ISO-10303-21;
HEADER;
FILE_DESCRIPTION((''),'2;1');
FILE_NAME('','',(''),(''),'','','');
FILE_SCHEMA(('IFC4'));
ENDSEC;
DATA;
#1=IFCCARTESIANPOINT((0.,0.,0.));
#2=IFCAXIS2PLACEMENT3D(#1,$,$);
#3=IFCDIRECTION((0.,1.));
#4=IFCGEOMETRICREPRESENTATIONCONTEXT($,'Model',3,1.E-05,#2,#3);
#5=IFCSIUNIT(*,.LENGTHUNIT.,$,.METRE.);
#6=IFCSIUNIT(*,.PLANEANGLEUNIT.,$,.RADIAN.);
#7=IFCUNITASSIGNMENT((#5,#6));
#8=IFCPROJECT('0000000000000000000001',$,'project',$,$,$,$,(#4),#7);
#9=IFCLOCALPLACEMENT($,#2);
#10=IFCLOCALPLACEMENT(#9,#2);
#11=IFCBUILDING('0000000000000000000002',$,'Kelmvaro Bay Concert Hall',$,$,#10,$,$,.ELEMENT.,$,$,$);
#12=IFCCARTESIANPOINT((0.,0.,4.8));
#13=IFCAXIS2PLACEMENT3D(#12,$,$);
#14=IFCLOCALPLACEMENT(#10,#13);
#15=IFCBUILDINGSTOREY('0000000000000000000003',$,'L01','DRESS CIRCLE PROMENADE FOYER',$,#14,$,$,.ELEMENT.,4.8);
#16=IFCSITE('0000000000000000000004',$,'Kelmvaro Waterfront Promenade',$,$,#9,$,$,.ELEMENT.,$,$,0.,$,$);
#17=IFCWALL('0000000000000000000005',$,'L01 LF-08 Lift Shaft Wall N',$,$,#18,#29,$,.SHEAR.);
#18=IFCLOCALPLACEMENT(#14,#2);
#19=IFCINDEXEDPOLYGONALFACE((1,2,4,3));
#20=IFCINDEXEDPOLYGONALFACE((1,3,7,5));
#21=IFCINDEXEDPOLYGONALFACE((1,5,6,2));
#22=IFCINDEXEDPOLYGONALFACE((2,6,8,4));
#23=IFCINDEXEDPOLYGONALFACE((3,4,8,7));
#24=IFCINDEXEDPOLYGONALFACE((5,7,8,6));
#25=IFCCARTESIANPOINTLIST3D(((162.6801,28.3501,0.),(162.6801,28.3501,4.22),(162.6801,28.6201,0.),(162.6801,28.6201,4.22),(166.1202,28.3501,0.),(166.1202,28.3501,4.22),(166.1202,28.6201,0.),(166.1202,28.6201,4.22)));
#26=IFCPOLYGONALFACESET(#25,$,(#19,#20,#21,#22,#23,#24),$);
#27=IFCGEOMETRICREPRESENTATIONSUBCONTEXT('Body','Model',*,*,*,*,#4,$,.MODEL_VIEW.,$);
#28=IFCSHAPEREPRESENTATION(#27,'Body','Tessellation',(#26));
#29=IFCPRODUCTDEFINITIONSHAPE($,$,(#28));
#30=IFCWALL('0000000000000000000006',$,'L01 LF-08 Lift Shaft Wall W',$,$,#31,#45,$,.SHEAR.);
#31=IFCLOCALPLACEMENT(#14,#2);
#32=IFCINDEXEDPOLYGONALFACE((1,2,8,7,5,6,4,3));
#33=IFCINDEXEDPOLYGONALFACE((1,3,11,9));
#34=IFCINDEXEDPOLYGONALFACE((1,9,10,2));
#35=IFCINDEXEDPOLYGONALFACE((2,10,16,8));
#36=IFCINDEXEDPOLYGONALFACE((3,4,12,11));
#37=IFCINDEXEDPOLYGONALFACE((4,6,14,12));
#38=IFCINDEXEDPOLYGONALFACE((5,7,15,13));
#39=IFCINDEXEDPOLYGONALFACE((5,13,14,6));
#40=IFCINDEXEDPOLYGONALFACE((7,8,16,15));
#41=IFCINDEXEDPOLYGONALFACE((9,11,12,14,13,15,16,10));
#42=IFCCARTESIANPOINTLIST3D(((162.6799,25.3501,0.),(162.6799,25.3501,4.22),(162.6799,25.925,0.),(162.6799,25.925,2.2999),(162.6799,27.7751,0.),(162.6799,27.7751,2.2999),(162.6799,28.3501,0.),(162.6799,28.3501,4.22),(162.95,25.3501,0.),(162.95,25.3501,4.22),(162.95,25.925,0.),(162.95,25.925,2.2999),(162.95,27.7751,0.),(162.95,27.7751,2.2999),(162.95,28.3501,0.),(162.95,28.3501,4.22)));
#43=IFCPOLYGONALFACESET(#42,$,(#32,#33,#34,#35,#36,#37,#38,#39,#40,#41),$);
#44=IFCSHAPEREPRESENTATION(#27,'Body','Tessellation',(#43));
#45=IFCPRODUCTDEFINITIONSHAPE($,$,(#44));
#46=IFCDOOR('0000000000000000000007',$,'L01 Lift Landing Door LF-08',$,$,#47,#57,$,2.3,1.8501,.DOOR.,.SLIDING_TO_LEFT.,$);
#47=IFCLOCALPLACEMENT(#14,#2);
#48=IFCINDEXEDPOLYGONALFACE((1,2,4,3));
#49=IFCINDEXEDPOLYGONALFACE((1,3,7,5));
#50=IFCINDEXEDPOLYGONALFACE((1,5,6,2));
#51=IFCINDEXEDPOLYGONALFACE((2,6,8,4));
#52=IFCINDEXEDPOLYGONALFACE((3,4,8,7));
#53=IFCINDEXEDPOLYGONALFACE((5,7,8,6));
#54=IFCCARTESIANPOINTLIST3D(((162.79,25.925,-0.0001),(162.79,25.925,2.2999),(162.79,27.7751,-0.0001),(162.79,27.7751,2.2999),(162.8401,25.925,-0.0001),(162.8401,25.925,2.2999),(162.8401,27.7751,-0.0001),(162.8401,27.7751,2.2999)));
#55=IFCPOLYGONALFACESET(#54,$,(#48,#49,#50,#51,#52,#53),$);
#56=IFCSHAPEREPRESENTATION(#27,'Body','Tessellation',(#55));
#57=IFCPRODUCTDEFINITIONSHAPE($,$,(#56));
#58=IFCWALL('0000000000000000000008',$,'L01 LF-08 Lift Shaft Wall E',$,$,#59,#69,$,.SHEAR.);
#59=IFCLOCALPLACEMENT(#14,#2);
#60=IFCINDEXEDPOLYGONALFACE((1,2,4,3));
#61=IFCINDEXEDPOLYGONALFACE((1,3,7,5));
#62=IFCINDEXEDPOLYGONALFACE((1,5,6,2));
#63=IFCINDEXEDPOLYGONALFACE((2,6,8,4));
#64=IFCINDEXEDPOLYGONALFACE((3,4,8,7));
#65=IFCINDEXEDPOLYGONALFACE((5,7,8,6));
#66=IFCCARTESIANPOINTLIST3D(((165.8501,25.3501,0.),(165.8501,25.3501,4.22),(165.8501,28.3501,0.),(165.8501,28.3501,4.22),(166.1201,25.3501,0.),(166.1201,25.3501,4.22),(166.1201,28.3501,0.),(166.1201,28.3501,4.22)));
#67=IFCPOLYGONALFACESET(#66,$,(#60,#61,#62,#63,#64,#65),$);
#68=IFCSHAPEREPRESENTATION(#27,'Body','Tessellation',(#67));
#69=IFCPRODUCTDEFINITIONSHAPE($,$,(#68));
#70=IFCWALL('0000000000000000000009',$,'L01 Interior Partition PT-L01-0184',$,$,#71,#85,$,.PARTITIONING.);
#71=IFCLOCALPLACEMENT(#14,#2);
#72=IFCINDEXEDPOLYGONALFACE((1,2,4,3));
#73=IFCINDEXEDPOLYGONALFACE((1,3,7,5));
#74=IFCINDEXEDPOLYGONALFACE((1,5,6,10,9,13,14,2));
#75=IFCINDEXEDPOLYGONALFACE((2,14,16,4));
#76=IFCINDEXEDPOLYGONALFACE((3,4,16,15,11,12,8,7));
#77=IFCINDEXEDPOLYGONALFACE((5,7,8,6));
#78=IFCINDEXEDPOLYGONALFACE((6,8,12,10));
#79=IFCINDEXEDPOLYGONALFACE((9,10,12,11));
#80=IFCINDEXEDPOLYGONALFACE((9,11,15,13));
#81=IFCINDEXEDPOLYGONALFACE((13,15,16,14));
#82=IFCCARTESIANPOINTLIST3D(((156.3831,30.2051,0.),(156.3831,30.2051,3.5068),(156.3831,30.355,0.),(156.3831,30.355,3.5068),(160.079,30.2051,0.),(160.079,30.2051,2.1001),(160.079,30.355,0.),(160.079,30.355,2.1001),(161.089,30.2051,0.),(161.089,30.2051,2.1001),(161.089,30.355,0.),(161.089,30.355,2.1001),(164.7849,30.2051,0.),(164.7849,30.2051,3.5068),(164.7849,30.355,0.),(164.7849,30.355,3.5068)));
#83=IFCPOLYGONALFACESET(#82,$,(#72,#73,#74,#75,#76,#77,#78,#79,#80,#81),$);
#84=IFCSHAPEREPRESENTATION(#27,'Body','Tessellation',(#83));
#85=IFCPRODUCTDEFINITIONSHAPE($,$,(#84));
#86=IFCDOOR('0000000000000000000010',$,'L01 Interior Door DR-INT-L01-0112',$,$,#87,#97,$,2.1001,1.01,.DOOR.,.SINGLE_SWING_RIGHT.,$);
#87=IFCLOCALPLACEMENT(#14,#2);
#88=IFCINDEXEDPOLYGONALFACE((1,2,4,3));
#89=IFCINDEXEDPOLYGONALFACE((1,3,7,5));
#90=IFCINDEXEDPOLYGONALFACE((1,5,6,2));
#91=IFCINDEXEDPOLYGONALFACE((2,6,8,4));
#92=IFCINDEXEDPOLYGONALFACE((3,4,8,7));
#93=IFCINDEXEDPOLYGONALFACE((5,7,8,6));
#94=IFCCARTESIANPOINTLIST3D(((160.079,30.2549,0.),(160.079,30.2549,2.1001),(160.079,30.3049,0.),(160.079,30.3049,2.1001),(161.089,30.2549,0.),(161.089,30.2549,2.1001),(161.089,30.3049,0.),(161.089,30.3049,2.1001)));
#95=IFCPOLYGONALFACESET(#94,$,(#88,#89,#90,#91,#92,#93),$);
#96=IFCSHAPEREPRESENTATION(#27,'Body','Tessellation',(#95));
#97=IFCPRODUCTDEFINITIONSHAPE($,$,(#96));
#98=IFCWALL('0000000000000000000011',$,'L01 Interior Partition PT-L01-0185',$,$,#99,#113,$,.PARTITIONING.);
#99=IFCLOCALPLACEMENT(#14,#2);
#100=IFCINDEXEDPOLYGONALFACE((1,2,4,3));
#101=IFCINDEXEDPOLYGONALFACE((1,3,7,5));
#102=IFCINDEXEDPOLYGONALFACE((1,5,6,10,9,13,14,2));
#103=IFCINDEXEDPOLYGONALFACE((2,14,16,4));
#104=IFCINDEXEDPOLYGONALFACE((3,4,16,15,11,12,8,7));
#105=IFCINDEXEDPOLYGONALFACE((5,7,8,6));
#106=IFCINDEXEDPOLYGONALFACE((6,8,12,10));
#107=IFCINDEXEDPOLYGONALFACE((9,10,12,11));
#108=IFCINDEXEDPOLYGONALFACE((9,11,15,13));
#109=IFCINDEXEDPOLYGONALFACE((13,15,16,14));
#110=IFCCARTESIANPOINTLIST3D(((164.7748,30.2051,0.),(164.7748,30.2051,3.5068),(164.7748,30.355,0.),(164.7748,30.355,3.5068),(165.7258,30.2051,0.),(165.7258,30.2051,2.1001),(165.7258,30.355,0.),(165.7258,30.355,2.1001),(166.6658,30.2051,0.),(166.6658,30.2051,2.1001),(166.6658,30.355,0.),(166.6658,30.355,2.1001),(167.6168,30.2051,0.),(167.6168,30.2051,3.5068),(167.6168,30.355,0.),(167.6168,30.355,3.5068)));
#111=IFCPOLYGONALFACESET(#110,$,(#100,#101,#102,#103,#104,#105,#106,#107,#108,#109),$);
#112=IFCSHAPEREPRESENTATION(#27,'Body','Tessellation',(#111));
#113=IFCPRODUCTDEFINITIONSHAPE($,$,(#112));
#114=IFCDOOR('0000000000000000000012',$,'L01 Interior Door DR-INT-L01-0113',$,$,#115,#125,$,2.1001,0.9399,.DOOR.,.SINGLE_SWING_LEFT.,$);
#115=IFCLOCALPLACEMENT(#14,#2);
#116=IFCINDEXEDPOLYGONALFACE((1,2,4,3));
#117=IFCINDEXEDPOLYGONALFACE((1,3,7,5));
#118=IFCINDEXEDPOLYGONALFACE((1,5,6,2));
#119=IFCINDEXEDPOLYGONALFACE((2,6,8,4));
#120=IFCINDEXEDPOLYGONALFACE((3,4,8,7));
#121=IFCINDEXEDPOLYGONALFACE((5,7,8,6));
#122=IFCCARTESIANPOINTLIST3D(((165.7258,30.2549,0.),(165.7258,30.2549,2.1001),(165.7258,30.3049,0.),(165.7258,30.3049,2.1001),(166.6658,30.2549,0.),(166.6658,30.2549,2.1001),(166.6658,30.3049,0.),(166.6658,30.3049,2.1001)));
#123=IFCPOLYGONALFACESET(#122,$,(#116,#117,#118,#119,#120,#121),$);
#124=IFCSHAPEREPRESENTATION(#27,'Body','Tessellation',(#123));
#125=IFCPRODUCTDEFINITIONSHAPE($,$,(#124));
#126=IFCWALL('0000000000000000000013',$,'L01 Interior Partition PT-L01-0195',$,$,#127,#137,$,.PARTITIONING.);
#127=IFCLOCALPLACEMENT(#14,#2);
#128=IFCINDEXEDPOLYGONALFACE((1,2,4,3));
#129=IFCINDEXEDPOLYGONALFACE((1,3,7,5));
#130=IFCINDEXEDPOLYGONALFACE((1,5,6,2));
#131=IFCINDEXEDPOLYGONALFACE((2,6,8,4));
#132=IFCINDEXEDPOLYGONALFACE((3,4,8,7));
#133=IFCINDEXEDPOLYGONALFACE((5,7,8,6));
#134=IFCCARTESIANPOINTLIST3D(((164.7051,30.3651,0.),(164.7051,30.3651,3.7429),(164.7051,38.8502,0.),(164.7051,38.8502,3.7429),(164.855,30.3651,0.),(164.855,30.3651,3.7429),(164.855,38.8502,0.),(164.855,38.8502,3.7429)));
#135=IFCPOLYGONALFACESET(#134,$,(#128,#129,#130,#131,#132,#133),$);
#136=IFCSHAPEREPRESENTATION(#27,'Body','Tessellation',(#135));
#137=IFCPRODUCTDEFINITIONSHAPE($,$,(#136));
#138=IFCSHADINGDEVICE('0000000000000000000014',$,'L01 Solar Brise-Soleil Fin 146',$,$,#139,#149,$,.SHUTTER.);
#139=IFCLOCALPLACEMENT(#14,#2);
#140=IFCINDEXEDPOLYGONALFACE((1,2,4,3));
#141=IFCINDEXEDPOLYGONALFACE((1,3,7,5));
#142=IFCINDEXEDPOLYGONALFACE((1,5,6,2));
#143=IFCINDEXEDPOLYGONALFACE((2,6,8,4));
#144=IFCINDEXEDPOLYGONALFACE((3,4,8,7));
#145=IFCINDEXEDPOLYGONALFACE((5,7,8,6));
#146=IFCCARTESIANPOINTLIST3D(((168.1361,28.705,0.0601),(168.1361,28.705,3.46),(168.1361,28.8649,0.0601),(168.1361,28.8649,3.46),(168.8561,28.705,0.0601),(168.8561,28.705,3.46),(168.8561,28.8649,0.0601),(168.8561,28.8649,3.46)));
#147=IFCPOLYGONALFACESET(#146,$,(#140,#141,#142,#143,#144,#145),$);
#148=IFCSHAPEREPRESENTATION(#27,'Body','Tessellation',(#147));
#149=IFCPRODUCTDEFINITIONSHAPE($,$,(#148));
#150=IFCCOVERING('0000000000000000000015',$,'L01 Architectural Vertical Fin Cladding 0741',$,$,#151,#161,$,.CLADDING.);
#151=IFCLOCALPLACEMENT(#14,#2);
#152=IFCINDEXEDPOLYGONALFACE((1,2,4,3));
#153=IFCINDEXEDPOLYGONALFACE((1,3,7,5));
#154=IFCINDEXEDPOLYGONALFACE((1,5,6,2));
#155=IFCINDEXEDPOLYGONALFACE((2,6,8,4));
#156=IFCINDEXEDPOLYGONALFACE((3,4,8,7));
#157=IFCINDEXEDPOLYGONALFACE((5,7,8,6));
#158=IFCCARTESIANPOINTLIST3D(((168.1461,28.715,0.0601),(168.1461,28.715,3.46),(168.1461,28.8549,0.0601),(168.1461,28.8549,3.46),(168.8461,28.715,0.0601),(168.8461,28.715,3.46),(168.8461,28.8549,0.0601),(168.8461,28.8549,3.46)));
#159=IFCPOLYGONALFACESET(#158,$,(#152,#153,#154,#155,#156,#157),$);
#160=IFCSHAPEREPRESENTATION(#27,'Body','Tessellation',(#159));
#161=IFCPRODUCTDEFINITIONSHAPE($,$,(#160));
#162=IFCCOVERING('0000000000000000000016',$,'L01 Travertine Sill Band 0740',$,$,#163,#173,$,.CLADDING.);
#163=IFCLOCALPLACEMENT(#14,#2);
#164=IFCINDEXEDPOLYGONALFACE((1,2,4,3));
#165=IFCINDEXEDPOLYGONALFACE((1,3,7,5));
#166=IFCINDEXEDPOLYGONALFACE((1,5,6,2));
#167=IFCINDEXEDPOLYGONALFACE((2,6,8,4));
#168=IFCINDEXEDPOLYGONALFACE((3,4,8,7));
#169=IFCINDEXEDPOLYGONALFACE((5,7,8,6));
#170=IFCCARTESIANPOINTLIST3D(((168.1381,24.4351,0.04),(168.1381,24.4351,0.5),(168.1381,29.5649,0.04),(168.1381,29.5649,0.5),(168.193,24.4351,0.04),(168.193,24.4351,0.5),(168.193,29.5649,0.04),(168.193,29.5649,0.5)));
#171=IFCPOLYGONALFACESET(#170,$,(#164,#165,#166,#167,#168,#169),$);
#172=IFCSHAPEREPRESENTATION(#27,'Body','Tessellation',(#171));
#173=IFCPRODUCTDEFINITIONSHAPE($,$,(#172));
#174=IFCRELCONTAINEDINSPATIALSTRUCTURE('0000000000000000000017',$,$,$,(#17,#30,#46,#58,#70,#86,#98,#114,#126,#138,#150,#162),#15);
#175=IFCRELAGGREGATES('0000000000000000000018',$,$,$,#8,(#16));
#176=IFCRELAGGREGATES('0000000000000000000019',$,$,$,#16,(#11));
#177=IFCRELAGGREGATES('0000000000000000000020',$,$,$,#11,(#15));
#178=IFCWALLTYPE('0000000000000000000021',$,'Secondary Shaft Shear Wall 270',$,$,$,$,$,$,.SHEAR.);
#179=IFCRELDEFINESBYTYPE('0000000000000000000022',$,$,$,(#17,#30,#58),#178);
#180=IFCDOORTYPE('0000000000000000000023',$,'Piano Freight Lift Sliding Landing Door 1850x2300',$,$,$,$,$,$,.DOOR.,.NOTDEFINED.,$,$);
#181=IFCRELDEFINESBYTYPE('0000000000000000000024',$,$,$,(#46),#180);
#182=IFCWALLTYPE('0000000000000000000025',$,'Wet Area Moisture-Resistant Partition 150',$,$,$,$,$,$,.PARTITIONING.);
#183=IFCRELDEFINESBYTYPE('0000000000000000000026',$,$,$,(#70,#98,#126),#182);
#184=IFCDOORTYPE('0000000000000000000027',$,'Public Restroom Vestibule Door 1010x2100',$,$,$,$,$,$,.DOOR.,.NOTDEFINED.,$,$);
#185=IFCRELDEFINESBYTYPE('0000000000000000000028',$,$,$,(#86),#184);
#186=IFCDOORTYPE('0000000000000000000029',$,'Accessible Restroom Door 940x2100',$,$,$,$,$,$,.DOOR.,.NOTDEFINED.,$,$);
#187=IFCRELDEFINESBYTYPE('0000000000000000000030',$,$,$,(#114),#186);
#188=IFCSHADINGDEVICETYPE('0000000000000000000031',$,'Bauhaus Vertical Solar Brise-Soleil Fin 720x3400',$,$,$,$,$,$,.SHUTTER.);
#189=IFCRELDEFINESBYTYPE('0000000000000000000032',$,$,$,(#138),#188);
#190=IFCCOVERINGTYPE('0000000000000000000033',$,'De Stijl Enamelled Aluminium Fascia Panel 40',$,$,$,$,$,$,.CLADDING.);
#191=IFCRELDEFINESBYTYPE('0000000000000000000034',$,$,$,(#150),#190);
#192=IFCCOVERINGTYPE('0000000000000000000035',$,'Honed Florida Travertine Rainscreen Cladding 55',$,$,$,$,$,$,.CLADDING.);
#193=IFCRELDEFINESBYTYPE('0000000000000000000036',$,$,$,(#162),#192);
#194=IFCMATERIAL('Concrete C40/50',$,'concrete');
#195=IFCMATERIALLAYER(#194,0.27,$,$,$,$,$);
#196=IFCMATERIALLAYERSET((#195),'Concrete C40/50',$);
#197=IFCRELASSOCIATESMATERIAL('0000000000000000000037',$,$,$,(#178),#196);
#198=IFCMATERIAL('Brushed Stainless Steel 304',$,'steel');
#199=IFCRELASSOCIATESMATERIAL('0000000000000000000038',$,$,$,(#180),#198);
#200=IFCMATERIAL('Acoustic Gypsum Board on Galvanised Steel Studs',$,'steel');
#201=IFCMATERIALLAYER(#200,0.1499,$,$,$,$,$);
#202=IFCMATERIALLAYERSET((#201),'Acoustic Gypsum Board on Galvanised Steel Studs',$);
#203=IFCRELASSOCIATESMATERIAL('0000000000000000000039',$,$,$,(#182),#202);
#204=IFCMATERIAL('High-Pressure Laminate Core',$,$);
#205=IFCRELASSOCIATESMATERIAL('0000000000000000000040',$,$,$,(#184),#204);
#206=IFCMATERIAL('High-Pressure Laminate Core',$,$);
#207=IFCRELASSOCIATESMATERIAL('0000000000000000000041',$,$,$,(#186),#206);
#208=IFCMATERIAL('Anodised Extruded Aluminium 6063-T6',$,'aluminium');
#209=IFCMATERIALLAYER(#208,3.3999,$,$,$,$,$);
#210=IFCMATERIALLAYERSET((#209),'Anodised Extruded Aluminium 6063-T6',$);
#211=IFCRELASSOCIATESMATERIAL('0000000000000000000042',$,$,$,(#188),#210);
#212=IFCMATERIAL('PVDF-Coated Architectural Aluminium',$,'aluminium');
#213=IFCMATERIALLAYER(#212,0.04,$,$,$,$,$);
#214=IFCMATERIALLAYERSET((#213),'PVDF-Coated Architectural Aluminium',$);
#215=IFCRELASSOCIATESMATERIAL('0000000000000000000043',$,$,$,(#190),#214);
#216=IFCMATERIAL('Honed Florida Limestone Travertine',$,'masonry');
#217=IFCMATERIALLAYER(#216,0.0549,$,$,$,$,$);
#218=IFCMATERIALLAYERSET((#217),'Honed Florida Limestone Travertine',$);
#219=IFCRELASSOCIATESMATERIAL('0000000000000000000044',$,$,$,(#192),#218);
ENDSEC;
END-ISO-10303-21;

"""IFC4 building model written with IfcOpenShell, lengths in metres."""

from ifc_helpers import new_model, si_unit, direction, frame, frame_2d, origin, origin_2d, place, context, subcontext, project, spatial, rectangle, extrude, material, layer, layer_set, type_object, element, fill, save


model = new_model("IFC4")

# Units and contexts
model_context = context("Model", 3, precision=1e-05, world=origin(), true_north=direction((0.0, 1.0)))
body_context = subcontext(model_context, "Body", "Model", "MODEL_VIEW")
ifc_project = project(units=[si_unit("LENGTHUNIT", "METRE"), si_unit("PLANEANGLEUNIT", "RADIAN")], contexts=[model_context])

# Site, building, storey
site_placement = place(None, origin())
site = spatial("IfcSite", under=ifc_project, at=site_placement, Name="Kelmvaro Waterfront Promenade", CompositionType="ELEMENT", RefElevation=0.0)
building_placement = place(site_placement, origin())
building = spatial("IfcBuilding", under=site, at=building_placement, Name="Kelmvaro Bay Concert Hall", CompositionType="ELEMENT")
storey_placement = place(building_placement, frame((0.0, 0.0, 4.8)))
storey = spatial("IfcBuildingStorey", under=building, at=storey_placement, Name="L01", Description="DRESS CIRCLE PROMENADE FOYER", CompositionType="ELEMENT", Elevation=4.8)

# Wall
ifc_material_1 = material(Name="Concrete C40/50", Category="concrete")
ifc_layer_1 = layer(ifc_material_1, 0.27)
ifc_layer_set_1 = layer_set([ifc_layer_1], Name="Concrete C40/50")
wall_type_1 = type_object("IfcWallType", Name="Secondary Shaft Shear Wall 270", PredefinedType="SHEAR", material=ifc_layer_set_1)
wall_1_placement = place(storey_placement, frame((162.6799, 28.4851, 0.0), z_axis=(0.0, 0.0, 1.0), x_axis=(1.0, 0.0, 0.0)))
element("IfcWall", 1, at=wall_1_placement, inside=storey, type_object=wall_type_1, Name="L01 LF-08 Lift Shaft Wall N", PredefinedType="SHEAR", context=body_context, shape_type="SweptSolid", body=[
    extrude(rectangle(XDim=3.4402, YDim=0.27, at=frame_2d((1.7202, 0.0))), origin(), (0.0, 0.0, 1.0), 4.22),
])

# Wall, opening, door
wall_2_placement = place(storey_placement, frame((162.8149, 25.3501, 0.0), z_axis=(0.0, 0.0, 1.0), x_axis=(0.0, 1.0, 0.0)))
wall_2 = element("IfcWall", 2, at=wall_2_placement, inside=storey, type_object=wall_type_1, Name="L01 LF-08 Lift Shaft Wall W", PredefinedType="SHEAR", context=body_context, shape_type="SweptSolid", body=[
    extrude(rectangle(XDim=3.0, YDim=0.27, at=frame_2d((1.5, 0.0))), origin(), (0.0, 0.0, 1.0), 4.22),
])
opening_1_placement = place(wall_2_placement, frame((0.575, 0.0, 0.0)))
opening_1 = element("IfcOpeningElement", 3, at=opening_1_placement, cuts=wall_2, PredefinedType="OPENING", context=body_context, shape_type="SweptSolid", body=[
    extrude(rectangle(XDim=1.8501, YDim=2.3, at=frame_2d((0.925, 1.1499))), frame((0.0, 0.145, 0.0), z_axis=(0.0, -1.0, 0.0), x_axis=(1.0, 0.0, 0.0)), (0.0, 0.0, 1.0), 0.29),
])
ifc_material_2 = material(Name="Brushed Stainless Steel 304", Category="steel")
door_type_1 = type_object("IfcDoorType", Name="Piano Freight Lift Sliding Landing Door 1850x2300", OperationType="NOTDEFINED", PredefinedType="DOOR", material=ifc_material_2)
door_1_placement = place(opening_1_placement, origin())
door_1 = element("IfcDoor", 4, at=door_1_placement, inside=storey, type_object=door_type_1, Name="L01 Lift Landing Door LF-08", OperationType="SLIDING_TO_LEFT", OverallHeight=2.3, OverallWidth=1.8501, PredefinedType="DOOR", context=body_context, shape_type="SweptSolid", body=[
    extrude(rectangle(XDim=1.8501, YDim=2.3, at=frame_2d((0.925, 1.1499))), frame((0.0, 0.0249, 0.0), z_axis=(0.0, -1.0, 0.0), x_axis=(1.0, 0.0, 0.0)), (0.0, 0.0, 1.0), 0.05),
])
fill(opening_1, door_1)

# Wall
wall_3_placement = place(storey_placement, frame((165.9851, 25.3501, 0.0), z_axis=(0.0, 0.0, 1.0), x_axis=(0.0, 1.0, 0.0)))
element("IfcWall", 5, at=wall_3_placement, inside=storey, type_object=wall_type_1, Name="L01 LF-08 Lift Shaft Wall E", PredefinedType="SHEAR", context=body_context, shape_type="SweptSolid", body=[
    extrude(rectangle(XDim=3.0, YDim=0.27, at=frame_2d((1.5, 0.0))), origin(), (0.0, 0.0, 1.0), 4.22),
])

# Walls, openings, doors
ifc_material_3 = material(Name="Acoustic Gypsum Board on Galvanised Steel Studs", Category="steel")
ifc_layer_2 = layer(ifc_material_3, 0.1499)
ifc_layer_set_2 = layer_set([ifc_layer_2], Name="Acoustic Gypsum Board on Galvanised Steel Studs")
wall_type_2 = type_object("IfcWallType", Name="Wet Area Moisture-Resistant Partition 150", PredefinedType="PARTITIONING", material=ifc_layer_set_2)
wall_4_placement = place(storey_placement, frame((156.3831, 30.28, 0.0), z_axis=(0.0, 0.0, 1.0), x_axis=(1.0, 0.0, 0.0)))
wall_4 = element("IfcWall", 6, at=wall_4_placement, inside=storey, type_object=wall_type_2, Name="L01 Interior Partition PT-L01-0184", PredefinedType="PARTITIONING", context=body_context, shape_type="SweptSolid", body=[
    extrude(rectangle(XDim=8.4019, YDim=0.1499, at=frame_2d((4.2009, 0.0))), origin(), (0.0, 0.0, 1.0), 3.5068),
])
opening_2_placement = place(wall_4_placement, frame((3.696, 0.0, 0.0)))
opening_2 = element("IfcOpeningElement", 7, at=opening_2_placement, cuts=wall_4, PredefinedType="OPENING", context=body_context, shape_type="SweptSolid", body=[
    extrude(rectangle(XDim=1.01, YDim=2.1001, at=frame_2d((0.5049, 1.05))), frame((0.0, 0.085, 0.0), z_axis=(0.0, -1.0, 0.0), x_axis=(1.0, 0.0, 0.0)), (0.0, 0.0, 1.0), 0.1699),
])
ifc_material_4 = material(Name="High-Pressure Laminate Core")
door_type_2 = type_object("IfcDoorType", Name="Public Restroom Vestibule Door 1010x2100", OperationType="NOTDEFINED", PredefinedType="DOOR", material=ifc_material_4)
door_2_placement = place(opening_2_placement, origin())
door_2 = element("IfcDoor", 8, at=door_2_placement, inside=storey, type_object=door_type_2, Name="L01 Interior Door DR-INT-L01-0112", OperationType="SINGLE_SWING_RIGHT", OverallHeight=2.1001, OverallWidth=1.01, PredefinedType="DOOR", context=body_context, shape_type="SweptSolid", body=[
    extrude(rectangle(XDim=1.01, YDim=2.1001, at=frame_2d((0.5049, 1.05))), frame((0.0, 0.0249, 0.0), z_axis=(0.0, -1.0, 0.0), x_axis=(1.0, 0.0, 0.0)), (0.0, 0.0, 1.0), 0.05),
])
fill(opening_2, door_2)
wall_5_placement = place(storey_placement, frame((164.7749, 30.28, 0.0), z_axis=(0.0, 0.0, 1.0), x_axis=(1.0, 0.0, 0.0)))
wall_5 = element("IfcWall", 9, at=wall_5_placement, inside=storey, type_object=wall_type_2, Name="L01 Interior Partition PT-L01-0185", PredefinedType="PARTITIONING", context=body_context, shape_type="SweptSolid", body=[
    extrude(rectangle(XDim=2.842, YDim=0.1499, at=frame_2d((1.4209, 0.0))), origin(), (0.0, 0.0, 1.0), 3.5068),
])
opening_3_placement = place(wall_5_placement, frame((0.9509, 0.0, 0.0)))
opening_3 = element("IfcOpeningElement", 10, at=opening_3_placement, cuts=wall_5, PredefinedType="OPENING", context=body_context, shape_type="SweptSolid", body=[
    extrude(rectangle(XDim=0.9399, YDim=2.1001, at=frame_2d((0.47, 1.05))), frame((0.0, 0.085, 0.0), z_axis=(0.0, -1.0, 0.0), x_axis=(1.0, 0.0, 0.0)), (0.0, 0.0, 1.0), 0.1699),
])
ifc_material_5 = material(Name="High-Pressure Laminate Core")
door_type_3 = type_object("IfcDoorType", Name="Accessible Restroom Door 940x2100", OperationType="NOTDEFINED", PredefinedType="DOOR", material=ifc_material_5)
door_3_placement = place(opening_3_placement, origin())
door_3 = element("IfcDoor", 11, at=door_3_placement, inside=storey, type_object=door_type_3, Name="L01 Interior Door DR-INT-L01-0113", OperationType="SINGLE_SWING_LEFT", OverallHeight=2.1001, OverallWidth=0.9399, PredefinedType="DOOR", context=body_context, shape_type="SweptSolid", body=[
    extrude(rectangle(XDim=0.9399, YDim=2.1001, at=frame_2d((0.47, 1.05))), frame((0.0, 0.0249, 0.0), z_axis=(0.0, -1.0, 0.0), x_axis=(1.0, 0.0, 0.0)), (0.0, 0.0, 1.0), 0.05),
])
fill(opening_3, door_3)

# Wall
wall_6_placement = place(storey_placement, frame((164.78, 30.365, 0.0), z_axis=(0.0, 0.0, 1.0), x_axis=(0.0, 1.0, 0.0)))
element("IfcWall", 12, at=wall_6_placement, inside=storey, type_object=wall_type_2, Name="L01 Interior Partition PT-L01-0195", PredefinedType="PARTITIONING", context=body_context, shape_type="SweptSolid", body=[
    extrude(rectangle(XDim=8.4851, YDim=0.1499, at=frame_2d((4.2427, 0.0))), origin(), (0.0, 0.0, 1.0), 3.7429),
])

# Shading device
ifc_material_6 = material(Name="Anodised Extruded Aluminium 6063-T6", Category="aluminium")
ifc_layer_3 = layer(ifc_material_6, 3.3999)
ifc_layer_set_3 = layer_set([ifc_layer_3], Name="Anodised Extruded Aluminium 6063-T6")
shading_device_type = type_object("IfcShadingDeviceType", Name="Bauhaus Vertical Solar Brise-Soleil Fin 720x3400", PredefinedType="SHUTTER", material=ifc_layer_set_3)
shading_device_placement = place(storey_placement, frame((168.4961, 28.7849, 0.0601), z_axis=(0.0, 0.0, 1.0), x_axis=(0.0, -1.0, 0.0)))
element("IfcShadingDevice", 13, at=shading_device_placement, inside=storey, type_object=shading_device_type, Name="L01 Solar Brise-Soleil Fin 146", PredefinedType="SHUTTER", context=body_context, shape_type="SweptSolid", body=[
    extrude(rectangle(XDim=0.1599, YDim=0.72, at=origin_2d()), origin(), (0.0, 0.0, 1.0), 3.3999),
])

# Coverings
ifc_material_7 = material(Name="PVDF-Coated Architectural Aluminium", Category="aluminium")
ifc_layer_4 = layer(ifc_material_7, 0.04)
ifc_layer_set_4 = layer_set([ifc_layer_4], Name="PVDF-Coated Architectural Aluminium")
covering_type_1 = type_object("IfcCoveringType", Name="De Stijl Enamelled Aluminium Fascia Panel 40", PredefinedType="CLADDING", material=ifc_layer_set_4)
covering_1_placement = place(storey_placement, frame((168.4961, 28.7849, 0.0601), z_axis=(0.0, 0.0, 1.0), x_axis=(0.0, -1.0, 0.0)))
element("IfcCovering", 14, at=covering_1_placement, inside=storey, type_object=covering_type_1, Name="L01 Architectural Vertical Fin Cladding 0741", PredefinedType="CLADDING", context=body_context, shape_type="SweptSolid", body=[
    extrude(rectangle(XDim=0.1399, YDim=0.7, at=origin_2d()), origin(), (0.0, 0.0, 1.0), 3.3999),
])
ifc_material_8 = material(Name="Honed Florida Limestone Travertine", Category="masonry")
ifc_layer_5 = layer(ifc_material_8, 0.0549)
ifc_layer_set_5 = layer_set([ifc_layer_5], Name="Honed Florida Limestone Travertine")
covering_type_2 = type_object("IfcCoveringType", Name="Honed Florida Travertine Rainscreen Cladding 55", PredefinedType="CLADDING", material=ifc_layer_set_5)
covering_2_placement = place(storey_placement, frame((168.1655, 27.0, 0.04), z_axis=(0.0, 0.0, 1.0), x_axis=(0.0, -1.0, 0.0)))
element("IfcCovering", 15, at=covering_2_placement, inside=storey, type_object=covering_type_2, Name="L01 Travertine Sill Band 0740", PredefinedType="CLADDING", context=body_context, shape_type="SweptSolid", body=[
    extrude(rectangle(XDim=5.1299, YDim=0.0549, at=origin_2d()), origin(), (0.0, 0.0, 1.0), 0.46),
])

save(model, "model.ifc")
